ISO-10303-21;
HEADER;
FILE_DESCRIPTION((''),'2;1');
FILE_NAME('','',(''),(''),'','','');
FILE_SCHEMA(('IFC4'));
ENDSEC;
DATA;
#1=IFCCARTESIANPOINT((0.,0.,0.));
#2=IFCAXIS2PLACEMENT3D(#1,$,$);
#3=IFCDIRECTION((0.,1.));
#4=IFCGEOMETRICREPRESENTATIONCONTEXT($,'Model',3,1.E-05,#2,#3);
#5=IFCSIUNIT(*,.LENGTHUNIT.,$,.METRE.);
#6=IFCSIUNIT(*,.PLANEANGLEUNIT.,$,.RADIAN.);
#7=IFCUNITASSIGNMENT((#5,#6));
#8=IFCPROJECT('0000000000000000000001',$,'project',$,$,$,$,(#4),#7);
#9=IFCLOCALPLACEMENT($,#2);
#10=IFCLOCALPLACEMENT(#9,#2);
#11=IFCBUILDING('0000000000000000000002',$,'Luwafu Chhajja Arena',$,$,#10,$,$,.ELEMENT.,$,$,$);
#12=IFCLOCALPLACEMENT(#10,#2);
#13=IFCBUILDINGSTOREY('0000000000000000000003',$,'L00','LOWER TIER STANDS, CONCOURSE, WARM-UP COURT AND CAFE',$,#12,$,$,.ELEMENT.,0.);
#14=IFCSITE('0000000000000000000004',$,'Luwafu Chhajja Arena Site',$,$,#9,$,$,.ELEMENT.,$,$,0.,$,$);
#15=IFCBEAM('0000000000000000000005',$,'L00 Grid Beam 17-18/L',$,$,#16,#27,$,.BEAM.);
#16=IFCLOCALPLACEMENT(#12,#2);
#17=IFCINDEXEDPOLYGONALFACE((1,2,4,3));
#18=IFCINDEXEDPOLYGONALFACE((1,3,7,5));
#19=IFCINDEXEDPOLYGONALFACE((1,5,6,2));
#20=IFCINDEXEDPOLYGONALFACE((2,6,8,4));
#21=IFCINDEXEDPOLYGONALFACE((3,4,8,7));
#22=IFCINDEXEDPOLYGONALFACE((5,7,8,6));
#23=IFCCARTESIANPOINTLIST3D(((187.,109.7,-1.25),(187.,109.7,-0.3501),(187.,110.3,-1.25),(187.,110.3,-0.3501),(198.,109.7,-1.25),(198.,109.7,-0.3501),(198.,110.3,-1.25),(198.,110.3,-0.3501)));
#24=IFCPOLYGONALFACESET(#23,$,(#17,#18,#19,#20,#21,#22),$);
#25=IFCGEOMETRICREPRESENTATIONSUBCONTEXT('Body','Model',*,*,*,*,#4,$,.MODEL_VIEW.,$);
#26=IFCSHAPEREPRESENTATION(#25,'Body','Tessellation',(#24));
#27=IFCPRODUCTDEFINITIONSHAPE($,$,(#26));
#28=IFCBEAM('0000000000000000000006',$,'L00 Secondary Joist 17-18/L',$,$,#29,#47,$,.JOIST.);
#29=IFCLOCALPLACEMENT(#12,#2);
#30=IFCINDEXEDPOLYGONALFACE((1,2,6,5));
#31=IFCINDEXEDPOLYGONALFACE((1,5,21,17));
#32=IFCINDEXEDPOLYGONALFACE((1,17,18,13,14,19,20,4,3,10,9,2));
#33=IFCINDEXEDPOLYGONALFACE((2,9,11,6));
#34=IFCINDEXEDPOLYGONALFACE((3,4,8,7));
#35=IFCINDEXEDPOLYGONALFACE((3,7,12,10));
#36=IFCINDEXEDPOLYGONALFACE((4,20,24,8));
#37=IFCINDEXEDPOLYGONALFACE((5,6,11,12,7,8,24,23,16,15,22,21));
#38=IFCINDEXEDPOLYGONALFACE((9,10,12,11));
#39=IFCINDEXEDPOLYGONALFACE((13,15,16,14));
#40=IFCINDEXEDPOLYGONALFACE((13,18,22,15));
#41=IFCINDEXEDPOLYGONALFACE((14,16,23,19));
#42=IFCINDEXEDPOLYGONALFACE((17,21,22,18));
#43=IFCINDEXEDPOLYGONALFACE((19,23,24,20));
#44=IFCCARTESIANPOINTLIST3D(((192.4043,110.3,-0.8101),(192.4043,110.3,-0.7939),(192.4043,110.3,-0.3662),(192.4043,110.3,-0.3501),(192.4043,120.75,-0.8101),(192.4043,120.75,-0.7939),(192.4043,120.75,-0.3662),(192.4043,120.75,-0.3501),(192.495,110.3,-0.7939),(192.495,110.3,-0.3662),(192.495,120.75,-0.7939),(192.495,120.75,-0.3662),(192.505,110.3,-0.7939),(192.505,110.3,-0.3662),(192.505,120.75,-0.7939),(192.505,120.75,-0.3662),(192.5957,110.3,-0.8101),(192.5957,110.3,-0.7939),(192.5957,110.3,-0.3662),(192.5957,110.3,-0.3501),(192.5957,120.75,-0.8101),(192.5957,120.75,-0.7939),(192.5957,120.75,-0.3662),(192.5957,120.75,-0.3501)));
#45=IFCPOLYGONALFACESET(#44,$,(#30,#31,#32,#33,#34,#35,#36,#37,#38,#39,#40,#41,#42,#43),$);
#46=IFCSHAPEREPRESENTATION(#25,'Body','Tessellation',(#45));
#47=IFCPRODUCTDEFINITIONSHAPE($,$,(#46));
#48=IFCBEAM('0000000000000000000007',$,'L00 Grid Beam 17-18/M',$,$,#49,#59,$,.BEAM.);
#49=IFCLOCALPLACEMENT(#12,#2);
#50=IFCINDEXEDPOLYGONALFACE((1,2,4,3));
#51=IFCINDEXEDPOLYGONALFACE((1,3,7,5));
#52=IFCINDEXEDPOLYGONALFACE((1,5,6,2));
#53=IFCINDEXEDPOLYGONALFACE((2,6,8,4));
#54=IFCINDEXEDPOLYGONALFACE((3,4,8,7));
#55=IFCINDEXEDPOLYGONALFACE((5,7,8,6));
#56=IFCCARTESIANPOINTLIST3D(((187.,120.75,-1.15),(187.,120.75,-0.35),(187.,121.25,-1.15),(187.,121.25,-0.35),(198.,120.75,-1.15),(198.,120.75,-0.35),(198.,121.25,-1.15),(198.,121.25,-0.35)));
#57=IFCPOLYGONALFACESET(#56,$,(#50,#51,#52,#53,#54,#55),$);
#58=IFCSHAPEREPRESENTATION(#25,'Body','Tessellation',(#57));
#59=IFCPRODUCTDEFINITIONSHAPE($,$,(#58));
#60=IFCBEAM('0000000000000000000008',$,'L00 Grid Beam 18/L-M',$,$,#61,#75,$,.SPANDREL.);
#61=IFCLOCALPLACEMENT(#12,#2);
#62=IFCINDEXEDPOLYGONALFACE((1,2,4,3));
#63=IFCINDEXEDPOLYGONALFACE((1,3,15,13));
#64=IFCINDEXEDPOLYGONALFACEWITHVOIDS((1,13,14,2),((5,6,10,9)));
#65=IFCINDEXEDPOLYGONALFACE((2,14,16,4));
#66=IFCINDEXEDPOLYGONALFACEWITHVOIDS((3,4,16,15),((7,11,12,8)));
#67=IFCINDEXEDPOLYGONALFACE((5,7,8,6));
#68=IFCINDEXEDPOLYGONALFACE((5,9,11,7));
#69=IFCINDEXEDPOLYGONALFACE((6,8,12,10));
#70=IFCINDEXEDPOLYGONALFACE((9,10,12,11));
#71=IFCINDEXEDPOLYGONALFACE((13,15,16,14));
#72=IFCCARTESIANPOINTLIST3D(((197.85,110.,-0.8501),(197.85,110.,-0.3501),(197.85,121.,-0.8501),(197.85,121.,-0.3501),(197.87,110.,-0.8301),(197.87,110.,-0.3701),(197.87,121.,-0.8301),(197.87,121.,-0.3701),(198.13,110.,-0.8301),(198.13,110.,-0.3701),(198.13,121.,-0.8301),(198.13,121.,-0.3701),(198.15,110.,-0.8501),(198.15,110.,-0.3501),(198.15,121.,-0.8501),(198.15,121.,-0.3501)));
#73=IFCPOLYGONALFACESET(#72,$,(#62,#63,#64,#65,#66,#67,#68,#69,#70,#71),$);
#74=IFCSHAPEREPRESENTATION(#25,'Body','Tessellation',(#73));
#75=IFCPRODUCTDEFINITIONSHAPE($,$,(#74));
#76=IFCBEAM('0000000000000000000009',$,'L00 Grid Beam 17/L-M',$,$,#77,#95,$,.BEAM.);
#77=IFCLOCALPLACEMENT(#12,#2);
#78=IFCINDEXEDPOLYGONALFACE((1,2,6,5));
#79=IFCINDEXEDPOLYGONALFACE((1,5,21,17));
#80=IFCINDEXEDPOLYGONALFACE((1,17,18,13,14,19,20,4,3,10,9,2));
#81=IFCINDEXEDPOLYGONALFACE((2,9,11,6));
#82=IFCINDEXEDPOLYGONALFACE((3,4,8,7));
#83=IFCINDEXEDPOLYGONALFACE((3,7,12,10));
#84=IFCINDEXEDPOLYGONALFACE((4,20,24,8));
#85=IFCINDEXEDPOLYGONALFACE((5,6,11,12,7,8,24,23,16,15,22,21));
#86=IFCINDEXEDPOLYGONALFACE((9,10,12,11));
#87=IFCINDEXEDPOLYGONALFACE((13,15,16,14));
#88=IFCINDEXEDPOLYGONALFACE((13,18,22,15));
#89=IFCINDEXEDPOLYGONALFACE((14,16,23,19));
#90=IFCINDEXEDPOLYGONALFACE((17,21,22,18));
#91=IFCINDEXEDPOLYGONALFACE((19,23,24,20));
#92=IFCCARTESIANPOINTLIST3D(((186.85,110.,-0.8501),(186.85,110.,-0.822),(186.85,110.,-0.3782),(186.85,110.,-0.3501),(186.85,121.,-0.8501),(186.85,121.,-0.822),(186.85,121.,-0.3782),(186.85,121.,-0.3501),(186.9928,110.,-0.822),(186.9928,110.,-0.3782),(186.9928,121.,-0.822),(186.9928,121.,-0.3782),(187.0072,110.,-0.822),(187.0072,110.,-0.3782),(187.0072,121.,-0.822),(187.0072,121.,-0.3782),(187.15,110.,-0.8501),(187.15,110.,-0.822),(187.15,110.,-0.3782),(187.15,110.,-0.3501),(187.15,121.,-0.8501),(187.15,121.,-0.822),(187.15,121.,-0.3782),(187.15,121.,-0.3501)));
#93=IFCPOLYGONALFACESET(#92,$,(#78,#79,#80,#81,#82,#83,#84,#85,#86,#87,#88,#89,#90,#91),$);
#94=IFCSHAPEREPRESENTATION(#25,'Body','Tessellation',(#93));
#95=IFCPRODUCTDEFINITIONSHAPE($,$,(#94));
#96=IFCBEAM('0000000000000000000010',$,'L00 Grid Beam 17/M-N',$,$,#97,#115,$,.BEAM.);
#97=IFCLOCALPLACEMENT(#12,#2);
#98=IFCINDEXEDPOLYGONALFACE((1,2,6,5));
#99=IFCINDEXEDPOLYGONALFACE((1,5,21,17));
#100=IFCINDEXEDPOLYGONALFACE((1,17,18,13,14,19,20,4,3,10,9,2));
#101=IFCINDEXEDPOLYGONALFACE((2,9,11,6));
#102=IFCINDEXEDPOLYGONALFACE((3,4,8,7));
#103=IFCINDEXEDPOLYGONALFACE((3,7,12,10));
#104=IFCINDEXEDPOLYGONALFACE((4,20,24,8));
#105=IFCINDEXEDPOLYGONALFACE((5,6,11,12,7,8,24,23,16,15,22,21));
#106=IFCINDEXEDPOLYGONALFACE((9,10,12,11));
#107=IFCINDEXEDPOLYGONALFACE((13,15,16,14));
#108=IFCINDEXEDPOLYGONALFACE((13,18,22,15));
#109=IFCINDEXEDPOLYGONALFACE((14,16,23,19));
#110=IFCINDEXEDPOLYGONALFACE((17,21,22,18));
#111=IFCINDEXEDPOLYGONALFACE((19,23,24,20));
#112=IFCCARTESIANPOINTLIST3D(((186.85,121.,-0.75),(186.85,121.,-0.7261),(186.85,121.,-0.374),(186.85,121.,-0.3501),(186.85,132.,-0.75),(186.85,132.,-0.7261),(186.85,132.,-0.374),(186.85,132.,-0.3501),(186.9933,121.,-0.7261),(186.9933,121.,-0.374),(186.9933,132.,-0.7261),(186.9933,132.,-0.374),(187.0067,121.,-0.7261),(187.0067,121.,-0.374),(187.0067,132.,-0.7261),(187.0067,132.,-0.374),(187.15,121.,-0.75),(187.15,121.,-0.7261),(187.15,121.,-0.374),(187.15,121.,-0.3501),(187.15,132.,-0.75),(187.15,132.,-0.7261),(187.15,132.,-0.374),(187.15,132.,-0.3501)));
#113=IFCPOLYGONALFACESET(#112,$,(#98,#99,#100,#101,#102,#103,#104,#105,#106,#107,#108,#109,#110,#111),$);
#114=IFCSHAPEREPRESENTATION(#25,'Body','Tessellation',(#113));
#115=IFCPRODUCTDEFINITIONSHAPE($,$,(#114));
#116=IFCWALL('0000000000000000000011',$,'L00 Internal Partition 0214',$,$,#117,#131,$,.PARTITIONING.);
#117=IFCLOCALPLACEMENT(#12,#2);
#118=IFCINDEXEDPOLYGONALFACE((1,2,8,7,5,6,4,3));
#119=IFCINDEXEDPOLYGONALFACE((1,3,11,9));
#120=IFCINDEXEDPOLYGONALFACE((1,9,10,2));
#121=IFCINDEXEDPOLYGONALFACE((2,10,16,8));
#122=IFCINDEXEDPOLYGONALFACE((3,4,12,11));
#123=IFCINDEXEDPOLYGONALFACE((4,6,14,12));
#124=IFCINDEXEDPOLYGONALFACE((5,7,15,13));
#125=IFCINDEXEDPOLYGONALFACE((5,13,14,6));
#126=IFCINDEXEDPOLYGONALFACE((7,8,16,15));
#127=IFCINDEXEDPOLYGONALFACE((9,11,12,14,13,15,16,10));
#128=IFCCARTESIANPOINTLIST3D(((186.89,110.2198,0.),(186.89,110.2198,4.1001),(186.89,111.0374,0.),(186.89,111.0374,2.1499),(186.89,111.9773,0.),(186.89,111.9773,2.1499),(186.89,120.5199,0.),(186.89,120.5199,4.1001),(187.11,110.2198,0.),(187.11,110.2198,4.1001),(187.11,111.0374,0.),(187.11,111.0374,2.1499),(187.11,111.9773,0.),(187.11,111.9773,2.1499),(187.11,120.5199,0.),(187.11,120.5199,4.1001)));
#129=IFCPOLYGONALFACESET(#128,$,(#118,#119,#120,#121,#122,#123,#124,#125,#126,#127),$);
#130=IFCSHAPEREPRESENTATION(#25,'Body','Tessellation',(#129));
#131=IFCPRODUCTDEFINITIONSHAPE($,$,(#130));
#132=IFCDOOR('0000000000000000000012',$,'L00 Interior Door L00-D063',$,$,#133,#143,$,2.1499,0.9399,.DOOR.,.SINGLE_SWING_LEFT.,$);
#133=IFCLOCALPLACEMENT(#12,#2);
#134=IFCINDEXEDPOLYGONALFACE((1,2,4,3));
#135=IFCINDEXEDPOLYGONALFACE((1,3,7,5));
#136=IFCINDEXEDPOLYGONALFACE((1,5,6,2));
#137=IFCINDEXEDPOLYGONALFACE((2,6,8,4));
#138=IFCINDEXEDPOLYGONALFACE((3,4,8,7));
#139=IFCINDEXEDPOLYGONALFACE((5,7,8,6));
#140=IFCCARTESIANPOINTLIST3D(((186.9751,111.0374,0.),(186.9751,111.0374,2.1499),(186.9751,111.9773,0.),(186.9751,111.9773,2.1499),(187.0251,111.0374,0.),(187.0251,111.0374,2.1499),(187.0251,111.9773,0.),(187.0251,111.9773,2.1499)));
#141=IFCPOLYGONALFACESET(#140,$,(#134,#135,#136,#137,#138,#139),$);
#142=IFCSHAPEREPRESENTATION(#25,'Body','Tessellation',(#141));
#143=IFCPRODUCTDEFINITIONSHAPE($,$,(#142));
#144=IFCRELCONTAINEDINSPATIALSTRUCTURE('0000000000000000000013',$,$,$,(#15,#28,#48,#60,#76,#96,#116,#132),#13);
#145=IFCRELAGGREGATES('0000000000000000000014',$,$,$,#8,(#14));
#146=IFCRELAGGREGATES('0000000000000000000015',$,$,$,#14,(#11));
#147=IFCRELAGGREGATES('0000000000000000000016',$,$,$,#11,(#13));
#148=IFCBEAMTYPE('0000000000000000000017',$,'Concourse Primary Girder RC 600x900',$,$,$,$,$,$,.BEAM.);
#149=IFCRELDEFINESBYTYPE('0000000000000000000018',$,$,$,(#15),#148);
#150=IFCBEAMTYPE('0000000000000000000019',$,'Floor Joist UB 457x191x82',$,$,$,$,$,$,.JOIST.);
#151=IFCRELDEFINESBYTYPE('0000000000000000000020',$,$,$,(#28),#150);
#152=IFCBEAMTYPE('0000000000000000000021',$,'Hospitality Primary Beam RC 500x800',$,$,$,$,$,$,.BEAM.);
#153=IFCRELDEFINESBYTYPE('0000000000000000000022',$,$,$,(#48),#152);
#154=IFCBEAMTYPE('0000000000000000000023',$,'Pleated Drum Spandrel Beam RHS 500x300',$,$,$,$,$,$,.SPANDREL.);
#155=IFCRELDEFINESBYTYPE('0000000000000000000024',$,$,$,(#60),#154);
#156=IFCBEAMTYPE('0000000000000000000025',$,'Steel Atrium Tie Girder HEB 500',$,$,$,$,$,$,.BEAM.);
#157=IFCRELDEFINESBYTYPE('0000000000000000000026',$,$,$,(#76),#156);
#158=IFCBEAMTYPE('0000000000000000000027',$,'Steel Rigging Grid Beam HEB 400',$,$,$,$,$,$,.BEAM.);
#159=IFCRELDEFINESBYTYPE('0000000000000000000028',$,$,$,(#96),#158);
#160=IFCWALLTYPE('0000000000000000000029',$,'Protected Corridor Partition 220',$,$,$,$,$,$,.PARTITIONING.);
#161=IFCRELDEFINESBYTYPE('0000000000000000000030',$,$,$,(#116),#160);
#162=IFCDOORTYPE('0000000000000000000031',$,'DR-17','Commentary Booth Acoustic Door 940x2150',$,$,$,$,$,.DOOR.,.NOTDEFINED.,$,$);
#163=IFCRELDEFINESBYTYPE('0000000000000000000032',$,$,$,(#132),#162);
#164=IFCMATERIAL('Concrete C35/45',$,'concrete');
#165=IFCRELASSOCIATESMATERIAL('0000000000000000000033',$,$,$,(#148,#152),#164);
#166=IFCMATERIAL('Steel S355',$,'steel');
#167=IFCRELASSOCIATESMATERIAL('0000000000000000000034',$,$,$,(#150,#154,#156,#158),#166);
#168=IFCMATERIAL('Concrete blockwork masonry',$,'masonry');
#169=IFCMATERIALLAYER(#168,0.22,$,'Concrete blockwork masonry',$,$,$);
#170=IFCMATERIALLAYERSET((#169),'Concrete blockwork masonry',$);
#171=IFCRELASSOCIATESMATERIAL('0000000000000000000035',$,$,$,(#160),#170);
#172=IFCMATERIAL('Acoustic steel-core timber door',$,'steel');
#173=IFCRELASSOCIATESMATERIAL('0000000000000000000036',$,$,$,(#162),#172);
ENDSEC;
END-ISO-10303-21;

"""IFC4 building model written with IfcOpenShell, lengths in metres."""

from ifc_helpers import new_model, si_unit, direction, frame, frame_2d, origin, origin_2d, place, context, subcontext, project, spatial, rectangle, hollow_rectangle, i_section, extrude, material, layer, layer_set, material_profile, profile_set, type_object, element, fill, save


model = new_model("IFC4")

# Units and contexts
model_context = context("Model", 3, precision=1e-05, world=origin(), true_north=direction((0.0, 1.0)))
body_context = subcontext(model_context, "Body", "Model", "MODEL_VIEW")
ifc_project = project(units=[si_unit("LENGTHUNIT", "METRE"), si_unit("PLANEANGLEUNIT", "RADIAN")], contexts=[model_context])

# Site, building, storey
site_placement = place(None, origin())
site = spatial("IfcSite", under=ifc_project, at=site_placement, Name="Luwafu Chhajja Arena Site", CompositionType="ELEMENT", RefElevation=0.0)
building_placement = place(site_placement, origin())
building = spatial("IfcBuilding", under=site, at=building_placement, Name="Luwafu Chhajja Arena", CompositionType="ELEMENT")
storey_placement = place(building_placement, origin())
storey = spatial("IfcBuildingStorey", under=building, at=storey_placement, Name="L00", Description="LOWER TIER STANDS, CONCOURSE, WARM-UP COURT AND CAFE", CompositionType="ELEMENT", Elevation=0.0)

# Shared definitions
ifc_material_1 = material(Name="Concrete C35/45", Category="concrete")

# Beams
ifc_material_2 = material(Name="Steel S355", Category="steel")
ifc_material_profile_1 = material_profile(ifc_material_1, rectangle(XDim=0.6001, YDim=0.8999, at=origin_2d()), Name="RC 600x900")
ifc_profile_set_1 = profile_set([ifc_material_profile_1], Name="Concrete C35/45")
beam_type_1 = type_object("IfcBeamType", Name="Concourse Primary Girder RC 600x900", PredefinedType="BEAM", material=ifc_profile_set_1)
beam_1_placement = place(storey_placement, frame((187.0, 110.0, -0.8), z_axis=(1.0, 0.0, 0.0), x_axis=(0.0, 1.0, 0.0)))
element("IfcBeam", 1, at=beam_1_placement, inside=storey, type_object=beam_type_1, Name="L00 Grid Beam 17-18/L", PredefinedType="BEAM", context=body_context, shape_type="SweptSolid", body=[
    extrude(rectangle(XDim=0.6001, YDim=0.8999, at=origin_2d()), origin(), (0.0, 0.0, 1.0), 11.0),
])
ifc_material_profile_2 = material_profile(ifc_material_2, i_section(OverallWidth=0.1914, OverallDepth=0.46, WebThickness=0.01, FlangeThickness=0.0161, at=origin_2d()), Name="UB 457x191x82")
ifc_profile_set_2 = profile_set([ifc_material_profile_2], Name="Steel S355")
beam_type_2 = type_object("IfcBeamType", Name="Floor Joist UB 457x191x82", PredefinedType="JOIST", material=ifc_profile_set_2)
beam_2_placement = place(storey_placement, frame((192.5, 110.3, -0.5801), z_axis=(0.0, 1.0, 0.0), x_axis=(-1.0, 0.0, 0.0)))
element("IfcBeam", 2, at=beam_2_placement, inside=storey, type_object=beam_type_2, Name="L00 Secondary Joist 17-18/L", PredefinedType="JOIST", context=body_context, shape_type="SweptSolid", body=[
    extrude(i_section(OverallWidth=0.1914, OverallDepth=0.46, WebThickness=0.01, FlangeThickness=0.0161, at=origin_2d()), origin(), (0.0, 0.0, 1.0), 10.45),
])
ifc_material_profile_3 = material_profile(ifc_material_1, rectangle(XDim=0.5, YDim=0.8, at=origin_2d()), Name="RC 500x800")
ifc_profile_set_3 = profile_set([ifc_material_profile_3], Name="Concrete C35/45")
beam_type_3 = type_object("IfcBeamType", Name="Hospitality Primary Beam RC 500x800", PredefinedType="BEAM", material=ifc_profile_set_3)
beam_3_placement = place(storey_placement, frame((187.0, 121.0, -0.75), z_axis=(1.0, 0.0, 0.0), x_axis=(0.0, 1.0, 0.0)))
element("IfcBeam", 3, at=beam_3_placement, inside=storey, type_object=beam_type_3, Name="L00 Grid Beam 17-18/M", PredefinedType="BEAM", context=body_context, shape_type="SweptSolid", body=[
    extrude(rectangle(XDim=0.5, YDim=0.8, at=origin_2d()), origin(), (0.0, 0.0, 1.0), 11.0),
])
ifc_material_profile_4 = material_profile(ifc_material_2, hollow_rectangle(XDim=0.3, YDim=0.5, WallThickness=0.02, at=origin_2d()), Name="RHS 500x300x20")
ifc_profile_set_4 = profile_set([ifc_material_profile_4], Name="Steel S355")
beam_type_4 = type_object("IfcBeamType", Name="Pleated Drum Spandrel Beam RHS 500x300", PredefinedType="SPANDREL", material=ifc_profile_set_4)
beam_4_placement = place(storey_placement, frame((198.0, 110.0, -0.6001), z_axis=(0.0, 1.0, 0.0), x_axis=(-1.0, 0.0, 0.0)))
element("IfcBeam", 4, at=beam_4_placement, inside=storey, type_object=beam_type_4, Name="L00 Grid Beam 18/L-M", PredefinedType="SPANDREL", context=body_context, shape_type="SweptSolid", body=[
    extrude(hollow_rectangle(XDim=0.3, YDim=0.5, WallThickness=0.02, at=origin_2d()), origin(), (0.0, 0.0, 1.0), 11.0),
])
ifc_material_profile_5 = material_profile(ifc_material_2, i_section(OverallWidth=0.3, OverallDepth=0.5, WebThickness=0.0144, FlangeThickness=0.0281, at=origin_2d()), Name="HEB 500")
ifc_profile_set_5 = profile_set([ifc_material_profile_5], Name="Steel S355")
beam_type_5 = type_object("IfcBeamType", Name="Steel Atrium Tie Girder HEB 500", PredefinedType="BEAM", material=ifc_profile_set_5)
beam_5_placement = place(storey_placement, frame((187.0, 110.0, -0.6001), z_axis=(0.0, 1.0, 0.0), x_axis=(-1.0, 0.0, 0.0)))
element("IfcBeam", 5, at=beam_5_placement, inside=storey, type_object=beam_type_5, Name="L00 Grid Beam 17/L-M", PredefinedType="BEAM", context=body_context, shape_type="SweptSolid", body=[
    extrude(i_section(OverallWidth=0.3, OverallDepth=0.5, WebThickness=0.0144, FlangeThickness=0.0281, at=origin_2d()), origin(), (0.0, 0.0, 1.0), 11.0),
])
ifc_material_profile_6 = material_profile(ifc_material_2, i_section(OverallWidth=0.3, OverallDepth=0.3999, WebThickness=0.0134, FlangeThickness=0.0239, at=origin_2d()), Name="HEB 400")
ifc_profile_set_6 = profile_set([ifc_material_profile_6], Name="Steel S355")
beam_type_6 = type_object("IfcBeamType", Name="Steel Rigging Grid Beam HEB 400", PredefinedType="BEAM", material=ifc_profile_set_6)
beam_6_placement = place(storey_placement, frame((187.0, 121.0, -0.55), z_axis=(0.0, 1.0, 0.0), x_axis=(-1.0, 0.0, 0.0)))
element("IfcBeam", 6, at=beam_6_placement, inside=storey, type_object=beam_type_6, Name="L00 Grid Beam 17/M-N", PredefinedType="BEAM", context=body_context, shape_type="SweptSolid", body=[
    extrude(i_section(OverallWidth=0.3, OverallDepth=0.3999, WebThickness=0.0134, FlangeThickness=0.0239, at=origin_2d()), origin(), (0.0, 0.0, 1.0), 11.0),
])

# Wall, opening, door
ifc_material_3 = material(Name="Concrete blockwork masonry", Category="masonry")
ifc_layer_1 = layer(ifc_material_3, 0.22, Name="Concrete blockwork masonry")
ifc_layer_set_1 = layer_set([ifc_layer_1], Name="Concrete blockwork masonry")
wall_type_1 = type_object("IfcWallType", Name="Protected Corridor Partition 220", PredefinedType="PARTITIONING", material=ifc_layer_set_1)
wall_1_placement = place(storey_placement, frame((187.0, 110.22, 0.0), z_axis=(0.0, 0.0, 1.0), x_axis=(0.0, 1.0, 0.0)))
wall_1 = element("IfcWall", 7, at=wall_1_placement, inside=storey, type_object=wall_type_1, Name="L00 Internal Partition 0214", PredefinedType="PARTITIONING", context=body_context, shape_type="SweptSolid", body=[
    extrude(rectangle(XDim=10.3, YDim=0.22, at=frame_2d((5.1499, 0.0))), origin(), (0.0, 0.0, 1.0), 4.1001),
])
opening_1_placement = place(wall_1_placement, frame((0.8174, 0.0, 0.0)))
opening_1 = element("IfcOpeningElement", 8, at=opening_1_placement, cuts=wall_1, PredefinedType="OPENING", context=body_context, shape_type="SweptSolid", body=[
    extrude(rectangle(XDim=0.9399, YDim=2.1499, at=frame_2d((0.47, 1.075))), frame((0.0, 0.1199, 0.0), z_axis=(0.0, -1.0, 0.0), x_axis=(1.0, 0.0, 0.0)), (0.0, 0.0, 1.0), 0.24),
])
ifc_material_4 = material(Name="Acoustic steel-core timber door", Category="steel")
door_type_1 = type_object("IfcDoorType", Name="DR-17", Description="Commentary Booth Acoustic Door 940x2150", OperationType="NOTDEFINED", PredefinedType="DOOR", material=ifc_material_4)
door_1_placement = place(opening_1_placement, origin())
door_1 = element("IfcDoor", 9, at=door_1_placement, inside=storey, type_object=door_type_1, Name="L00 Interior Door L00-D063", OperationType="SINGLE_SWING_LEFT", OverallHeight=2.1499, OverallWidth=0.9399, PredefinedType="DOOR", context=body_context, shape_type="SweptSolid", body=[
    extrude(rectangle(XDim=0.9399, YDim=2.1499, at=frame_2d((0.47, 1.075))), frame((0.0, 0.0249, 0.0), z_axis=(0.0, -1.0, 0.0), x_axis=(1.0, 0.0, 0.0)), (0.0, 0.0, 1.0), 0.05),
])
fill(opening_1, door_1)

save(model, "model.ifc")
